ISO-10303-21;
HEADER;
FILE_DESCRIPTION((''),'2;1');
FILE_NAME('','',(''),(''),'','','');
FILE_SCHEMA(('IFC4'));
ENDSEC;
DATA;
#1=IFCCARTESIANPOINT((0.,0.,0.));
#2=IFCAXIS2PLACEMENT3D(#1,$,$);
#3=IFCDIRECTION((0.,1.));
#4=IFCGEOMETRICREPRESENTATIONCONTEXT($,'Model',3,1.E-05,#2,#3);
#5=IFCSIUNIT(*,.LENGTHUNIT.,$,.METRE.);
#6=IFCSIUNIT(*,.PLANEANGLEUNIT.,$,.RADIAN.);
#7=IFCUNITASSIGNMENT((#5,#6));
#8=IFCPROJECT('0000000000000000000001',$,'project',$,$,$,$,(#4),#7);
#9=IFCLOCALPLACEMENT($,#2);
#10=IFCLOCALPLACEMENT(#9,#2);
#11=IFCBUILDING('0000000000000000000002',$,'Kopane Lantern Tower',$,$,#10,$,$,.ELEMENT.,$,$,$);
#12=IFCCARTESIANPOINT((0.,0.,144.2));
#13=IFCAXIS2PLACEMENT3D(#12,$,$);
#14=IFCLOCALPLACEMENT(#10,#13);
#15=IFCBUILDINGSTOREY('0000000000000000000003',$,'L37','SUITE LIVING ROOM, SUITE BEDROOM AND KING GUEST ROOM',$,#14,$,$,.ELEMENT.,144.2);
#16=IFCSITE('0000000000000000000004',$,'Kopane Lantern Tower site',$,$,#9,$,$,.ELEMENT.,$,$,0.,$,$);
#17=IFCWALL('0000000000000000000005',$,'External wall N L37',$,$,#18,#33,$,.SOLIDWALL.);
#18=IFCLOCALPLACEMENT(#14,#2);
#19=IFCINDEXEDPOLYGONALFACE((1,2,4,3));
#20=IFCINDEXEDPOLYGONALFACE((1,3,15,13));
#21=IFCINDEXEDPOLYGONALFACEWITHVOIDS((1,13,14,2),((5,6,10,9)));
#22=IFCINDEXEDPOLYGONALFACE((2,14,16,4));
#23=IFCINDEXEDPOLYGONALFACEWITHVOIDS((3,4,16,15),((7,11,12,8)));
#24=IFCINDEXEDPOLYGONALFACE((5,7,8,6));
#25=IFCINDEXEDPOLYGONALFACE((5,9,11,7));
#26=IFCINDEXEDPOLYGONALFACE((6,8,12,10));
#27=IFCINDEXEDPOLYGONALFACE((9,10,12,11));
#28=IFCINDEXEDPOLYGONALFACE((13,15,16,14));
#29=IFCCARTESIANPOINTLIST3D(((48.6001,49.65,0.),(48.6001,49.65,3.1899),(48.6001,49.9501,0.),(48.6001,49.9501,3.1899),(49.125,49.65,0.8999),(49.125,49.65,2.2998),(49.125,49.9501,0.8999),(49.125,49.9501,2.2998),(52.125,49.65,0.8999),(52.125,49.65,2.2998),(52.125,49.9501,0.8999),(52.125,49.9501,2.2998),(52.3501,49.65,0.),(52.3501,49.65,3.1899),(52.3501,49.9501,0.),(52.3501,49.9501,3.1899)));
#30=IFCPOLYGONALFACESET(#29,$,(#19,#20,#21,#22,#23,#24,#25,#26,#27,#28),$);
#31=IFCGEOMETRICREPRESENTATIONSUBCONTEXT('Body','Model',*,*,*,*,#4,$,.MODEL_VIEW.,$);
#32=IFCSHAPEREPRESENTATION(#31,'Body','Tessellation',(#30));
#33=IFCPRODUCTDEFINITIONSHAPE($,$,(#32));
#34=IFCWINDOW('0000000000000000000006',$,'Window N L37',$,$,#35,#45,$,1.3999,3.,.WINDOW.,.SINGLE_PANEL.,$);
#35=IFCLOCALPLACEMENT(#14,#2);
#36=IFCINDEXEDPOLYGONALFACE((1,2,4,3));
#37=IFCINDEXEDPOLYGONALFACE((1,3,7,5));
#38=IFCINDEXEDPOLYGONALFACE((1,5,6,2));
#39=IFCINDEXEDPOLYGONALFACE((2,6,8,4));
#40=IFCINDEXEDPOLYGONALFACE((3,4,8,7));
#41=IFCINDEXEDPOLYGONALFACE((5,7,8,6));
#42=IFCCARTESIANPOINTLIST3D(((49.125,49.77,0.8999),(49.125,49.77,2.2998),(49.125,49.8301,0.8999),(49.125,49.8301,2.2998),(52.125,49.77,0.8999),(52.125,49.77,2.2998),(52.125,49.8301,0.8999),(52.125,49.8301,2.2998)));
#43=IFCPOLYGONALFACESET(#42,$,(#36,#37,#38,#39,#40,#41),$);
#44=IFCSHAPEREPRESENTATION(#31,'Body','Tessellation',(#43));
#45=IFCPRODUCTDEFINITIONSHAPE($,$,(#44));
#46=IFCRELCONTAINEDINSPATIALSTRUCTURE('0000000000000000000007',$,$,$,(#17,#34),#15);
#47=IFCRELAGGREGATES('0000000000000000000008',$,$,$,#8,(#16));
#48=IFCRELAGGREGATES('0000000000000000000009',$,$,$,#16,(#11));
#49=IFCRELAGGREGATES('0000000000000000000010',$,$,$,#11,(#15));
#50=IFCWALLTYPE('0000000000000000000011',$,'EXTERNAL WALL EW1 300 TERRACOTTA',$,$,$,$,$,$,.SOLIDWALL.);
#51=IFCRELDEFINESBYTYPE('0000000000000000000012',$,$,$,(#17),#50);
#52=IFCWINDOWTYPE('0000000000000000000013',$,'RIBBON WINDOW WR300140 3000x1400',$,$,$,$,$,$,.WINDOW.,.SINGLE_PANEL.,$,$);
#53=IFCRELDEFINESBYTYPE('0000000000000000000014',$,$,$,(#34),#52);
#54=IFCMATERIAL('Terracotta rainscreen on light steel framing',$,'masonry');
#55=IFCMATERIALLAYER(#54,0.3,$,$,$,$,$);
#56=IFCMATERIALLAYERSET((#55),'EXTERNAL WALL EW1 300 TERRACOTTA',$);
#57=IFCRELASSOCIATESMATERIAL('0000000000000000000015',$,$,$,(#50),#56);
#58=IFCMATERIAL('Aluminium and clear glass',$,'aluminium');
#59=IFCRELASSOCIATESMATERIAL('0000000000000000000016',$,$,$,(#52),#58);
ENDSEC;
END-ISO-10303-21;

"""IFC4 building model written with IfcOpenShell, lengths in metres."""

from ifc_helpers import new_model, si_unit, direction, frame, frame_2d, origin, place, context, subcontext, project, spatial, rectangle, extrude, material, layer, layer_set, type_object, element, fill, save


model = new_model("IFC4")

# Units and contexts
model_context = context("Model", 3, precision=1e-05, world=origin(), true_north=direction((0.0, 1.0)))
body_context = subcontext(model_context, "Body", "Model", "MODEL_VIEW")
ifc_project = project(units=[si_unit("LENGTHUNIT", "METRE"), si_unit("PLANEANGLEUNIT", "RADIAN")], contexts=[model_context])

# Site, building, storey
site_placement = place(None, origin())
site = spatial("IfcSite", under=ifc_project, at=site_placement, Name="Kopane Lantern Tower site", CompositionType="ELEMENT", RefElevation=0.0)
building_placement = place(site_placement, origin())
building = spatial("IfcBuilding", under=site, at=building_placement, Name="Kopane Lantern Tower", CompositionType="ELEMENT")
storey_placement = place(building_placement, frame((0.0, 0.0, 144.2)))
storey = spatial("IfcBuildingStorey", under=building, at=storey_placement, Name="L37", Description="SUITE LIVING ROOM, SUITE BEDROOM AND KING GUEST ROOM", CompositionType="ELEMENT", Elevation=144.2)

# Wall, opening, window
ifc_material_1 = material(Name="Terracotta rainscreen on light steel framing", Category="masonry")
ifc_layer_1 = layer(ifc_material_1, 0.3)
ifc_layer_set_1 = layer_set([ifc_layer_1], Name="EXTERNAL WALL EW1 300 TERRACOTTA")
wall_type_1 = type_object("IfcWallType", Name="EXTERNAL WALL EW1 300 TERRACOTTA", PredefinedType="SOLIDWALL", material=ifc_layer_set_1)
wall_1_placement = place(storey_placement, frame((52.3501, 49.8, 0.0), z_axis=(0.0, 0.0, 1.0), x_axis=(-1.0, 0.0, 0.0)))
wall_1 = element("IfcWall", 1, at=wall_1_placement, inside=storey, type_object=wall_type_1, Name="External wall N L37", PredefinedType="SOLIDWALL", context=body_context, shape_type="SweptSolid", body=[
    extrude(rectangle(XDim=3.75, YDim=0.3, at=frame_2d((1.875, 0.0))), origin(), (0.0, 0.0, 1.0), 3.1899),
])
opening_placement = place(wall_1_placement, frame((0.2251, 0.0, 0.8999)))
opening = element("IfcOpeningElement", 2, at=opening_placement, cuts=wall_1, PredefinedType="OPENING", context=body_context, shape_type="SweptSolid", body=[
    extrude(rectangle(XDim=3.0, YDim=1.3999, at=frame_2d((1.5, 0.7))), frame((0.0, 0.1599, 0.0), z_axis=(0.0, -1.0, 0.0), x_axis=(1.0, 0.0, 0.0)), (0.0, 0.0, 1.0), 0.3201),
])
ifc_material_2 = material(Name="Aluminium and clear glass", Category="aluminium")
window_type = type_object("IfcWindowType", Name="RIBBON WINDOW WR300140 3000x1400", PartitioningType="SINGLE_PANEL", PredefinedType="WINDOW", material=ifc_material_2)
window_placement = place(opening_placement, origin())
window = element("IfcWindow", 3, at=window_placement, inside=storey, type_object=window_type, Name="Window N L37", OverallHeight=1.3999, OverallWidth=3.0, PartitioningType="SINGLE_PANEL", PredefinedType="WINDOW", context=body_context, shape_type="SweptSolid", body=[
    extrude(rectangle(XDim=3.0, YDim=1.3999, at=frame_2d((1.5, 0.7))), frame((0.0, 0.03, 0.0), z_axis=(0.0, -1.0, 0.0), x_axis=(1.0, 0.0, 0.0)), (0.0, 0.0, 1.0), 0.0601),
])
fill(opening, window)

save(model, "model.ifc")
